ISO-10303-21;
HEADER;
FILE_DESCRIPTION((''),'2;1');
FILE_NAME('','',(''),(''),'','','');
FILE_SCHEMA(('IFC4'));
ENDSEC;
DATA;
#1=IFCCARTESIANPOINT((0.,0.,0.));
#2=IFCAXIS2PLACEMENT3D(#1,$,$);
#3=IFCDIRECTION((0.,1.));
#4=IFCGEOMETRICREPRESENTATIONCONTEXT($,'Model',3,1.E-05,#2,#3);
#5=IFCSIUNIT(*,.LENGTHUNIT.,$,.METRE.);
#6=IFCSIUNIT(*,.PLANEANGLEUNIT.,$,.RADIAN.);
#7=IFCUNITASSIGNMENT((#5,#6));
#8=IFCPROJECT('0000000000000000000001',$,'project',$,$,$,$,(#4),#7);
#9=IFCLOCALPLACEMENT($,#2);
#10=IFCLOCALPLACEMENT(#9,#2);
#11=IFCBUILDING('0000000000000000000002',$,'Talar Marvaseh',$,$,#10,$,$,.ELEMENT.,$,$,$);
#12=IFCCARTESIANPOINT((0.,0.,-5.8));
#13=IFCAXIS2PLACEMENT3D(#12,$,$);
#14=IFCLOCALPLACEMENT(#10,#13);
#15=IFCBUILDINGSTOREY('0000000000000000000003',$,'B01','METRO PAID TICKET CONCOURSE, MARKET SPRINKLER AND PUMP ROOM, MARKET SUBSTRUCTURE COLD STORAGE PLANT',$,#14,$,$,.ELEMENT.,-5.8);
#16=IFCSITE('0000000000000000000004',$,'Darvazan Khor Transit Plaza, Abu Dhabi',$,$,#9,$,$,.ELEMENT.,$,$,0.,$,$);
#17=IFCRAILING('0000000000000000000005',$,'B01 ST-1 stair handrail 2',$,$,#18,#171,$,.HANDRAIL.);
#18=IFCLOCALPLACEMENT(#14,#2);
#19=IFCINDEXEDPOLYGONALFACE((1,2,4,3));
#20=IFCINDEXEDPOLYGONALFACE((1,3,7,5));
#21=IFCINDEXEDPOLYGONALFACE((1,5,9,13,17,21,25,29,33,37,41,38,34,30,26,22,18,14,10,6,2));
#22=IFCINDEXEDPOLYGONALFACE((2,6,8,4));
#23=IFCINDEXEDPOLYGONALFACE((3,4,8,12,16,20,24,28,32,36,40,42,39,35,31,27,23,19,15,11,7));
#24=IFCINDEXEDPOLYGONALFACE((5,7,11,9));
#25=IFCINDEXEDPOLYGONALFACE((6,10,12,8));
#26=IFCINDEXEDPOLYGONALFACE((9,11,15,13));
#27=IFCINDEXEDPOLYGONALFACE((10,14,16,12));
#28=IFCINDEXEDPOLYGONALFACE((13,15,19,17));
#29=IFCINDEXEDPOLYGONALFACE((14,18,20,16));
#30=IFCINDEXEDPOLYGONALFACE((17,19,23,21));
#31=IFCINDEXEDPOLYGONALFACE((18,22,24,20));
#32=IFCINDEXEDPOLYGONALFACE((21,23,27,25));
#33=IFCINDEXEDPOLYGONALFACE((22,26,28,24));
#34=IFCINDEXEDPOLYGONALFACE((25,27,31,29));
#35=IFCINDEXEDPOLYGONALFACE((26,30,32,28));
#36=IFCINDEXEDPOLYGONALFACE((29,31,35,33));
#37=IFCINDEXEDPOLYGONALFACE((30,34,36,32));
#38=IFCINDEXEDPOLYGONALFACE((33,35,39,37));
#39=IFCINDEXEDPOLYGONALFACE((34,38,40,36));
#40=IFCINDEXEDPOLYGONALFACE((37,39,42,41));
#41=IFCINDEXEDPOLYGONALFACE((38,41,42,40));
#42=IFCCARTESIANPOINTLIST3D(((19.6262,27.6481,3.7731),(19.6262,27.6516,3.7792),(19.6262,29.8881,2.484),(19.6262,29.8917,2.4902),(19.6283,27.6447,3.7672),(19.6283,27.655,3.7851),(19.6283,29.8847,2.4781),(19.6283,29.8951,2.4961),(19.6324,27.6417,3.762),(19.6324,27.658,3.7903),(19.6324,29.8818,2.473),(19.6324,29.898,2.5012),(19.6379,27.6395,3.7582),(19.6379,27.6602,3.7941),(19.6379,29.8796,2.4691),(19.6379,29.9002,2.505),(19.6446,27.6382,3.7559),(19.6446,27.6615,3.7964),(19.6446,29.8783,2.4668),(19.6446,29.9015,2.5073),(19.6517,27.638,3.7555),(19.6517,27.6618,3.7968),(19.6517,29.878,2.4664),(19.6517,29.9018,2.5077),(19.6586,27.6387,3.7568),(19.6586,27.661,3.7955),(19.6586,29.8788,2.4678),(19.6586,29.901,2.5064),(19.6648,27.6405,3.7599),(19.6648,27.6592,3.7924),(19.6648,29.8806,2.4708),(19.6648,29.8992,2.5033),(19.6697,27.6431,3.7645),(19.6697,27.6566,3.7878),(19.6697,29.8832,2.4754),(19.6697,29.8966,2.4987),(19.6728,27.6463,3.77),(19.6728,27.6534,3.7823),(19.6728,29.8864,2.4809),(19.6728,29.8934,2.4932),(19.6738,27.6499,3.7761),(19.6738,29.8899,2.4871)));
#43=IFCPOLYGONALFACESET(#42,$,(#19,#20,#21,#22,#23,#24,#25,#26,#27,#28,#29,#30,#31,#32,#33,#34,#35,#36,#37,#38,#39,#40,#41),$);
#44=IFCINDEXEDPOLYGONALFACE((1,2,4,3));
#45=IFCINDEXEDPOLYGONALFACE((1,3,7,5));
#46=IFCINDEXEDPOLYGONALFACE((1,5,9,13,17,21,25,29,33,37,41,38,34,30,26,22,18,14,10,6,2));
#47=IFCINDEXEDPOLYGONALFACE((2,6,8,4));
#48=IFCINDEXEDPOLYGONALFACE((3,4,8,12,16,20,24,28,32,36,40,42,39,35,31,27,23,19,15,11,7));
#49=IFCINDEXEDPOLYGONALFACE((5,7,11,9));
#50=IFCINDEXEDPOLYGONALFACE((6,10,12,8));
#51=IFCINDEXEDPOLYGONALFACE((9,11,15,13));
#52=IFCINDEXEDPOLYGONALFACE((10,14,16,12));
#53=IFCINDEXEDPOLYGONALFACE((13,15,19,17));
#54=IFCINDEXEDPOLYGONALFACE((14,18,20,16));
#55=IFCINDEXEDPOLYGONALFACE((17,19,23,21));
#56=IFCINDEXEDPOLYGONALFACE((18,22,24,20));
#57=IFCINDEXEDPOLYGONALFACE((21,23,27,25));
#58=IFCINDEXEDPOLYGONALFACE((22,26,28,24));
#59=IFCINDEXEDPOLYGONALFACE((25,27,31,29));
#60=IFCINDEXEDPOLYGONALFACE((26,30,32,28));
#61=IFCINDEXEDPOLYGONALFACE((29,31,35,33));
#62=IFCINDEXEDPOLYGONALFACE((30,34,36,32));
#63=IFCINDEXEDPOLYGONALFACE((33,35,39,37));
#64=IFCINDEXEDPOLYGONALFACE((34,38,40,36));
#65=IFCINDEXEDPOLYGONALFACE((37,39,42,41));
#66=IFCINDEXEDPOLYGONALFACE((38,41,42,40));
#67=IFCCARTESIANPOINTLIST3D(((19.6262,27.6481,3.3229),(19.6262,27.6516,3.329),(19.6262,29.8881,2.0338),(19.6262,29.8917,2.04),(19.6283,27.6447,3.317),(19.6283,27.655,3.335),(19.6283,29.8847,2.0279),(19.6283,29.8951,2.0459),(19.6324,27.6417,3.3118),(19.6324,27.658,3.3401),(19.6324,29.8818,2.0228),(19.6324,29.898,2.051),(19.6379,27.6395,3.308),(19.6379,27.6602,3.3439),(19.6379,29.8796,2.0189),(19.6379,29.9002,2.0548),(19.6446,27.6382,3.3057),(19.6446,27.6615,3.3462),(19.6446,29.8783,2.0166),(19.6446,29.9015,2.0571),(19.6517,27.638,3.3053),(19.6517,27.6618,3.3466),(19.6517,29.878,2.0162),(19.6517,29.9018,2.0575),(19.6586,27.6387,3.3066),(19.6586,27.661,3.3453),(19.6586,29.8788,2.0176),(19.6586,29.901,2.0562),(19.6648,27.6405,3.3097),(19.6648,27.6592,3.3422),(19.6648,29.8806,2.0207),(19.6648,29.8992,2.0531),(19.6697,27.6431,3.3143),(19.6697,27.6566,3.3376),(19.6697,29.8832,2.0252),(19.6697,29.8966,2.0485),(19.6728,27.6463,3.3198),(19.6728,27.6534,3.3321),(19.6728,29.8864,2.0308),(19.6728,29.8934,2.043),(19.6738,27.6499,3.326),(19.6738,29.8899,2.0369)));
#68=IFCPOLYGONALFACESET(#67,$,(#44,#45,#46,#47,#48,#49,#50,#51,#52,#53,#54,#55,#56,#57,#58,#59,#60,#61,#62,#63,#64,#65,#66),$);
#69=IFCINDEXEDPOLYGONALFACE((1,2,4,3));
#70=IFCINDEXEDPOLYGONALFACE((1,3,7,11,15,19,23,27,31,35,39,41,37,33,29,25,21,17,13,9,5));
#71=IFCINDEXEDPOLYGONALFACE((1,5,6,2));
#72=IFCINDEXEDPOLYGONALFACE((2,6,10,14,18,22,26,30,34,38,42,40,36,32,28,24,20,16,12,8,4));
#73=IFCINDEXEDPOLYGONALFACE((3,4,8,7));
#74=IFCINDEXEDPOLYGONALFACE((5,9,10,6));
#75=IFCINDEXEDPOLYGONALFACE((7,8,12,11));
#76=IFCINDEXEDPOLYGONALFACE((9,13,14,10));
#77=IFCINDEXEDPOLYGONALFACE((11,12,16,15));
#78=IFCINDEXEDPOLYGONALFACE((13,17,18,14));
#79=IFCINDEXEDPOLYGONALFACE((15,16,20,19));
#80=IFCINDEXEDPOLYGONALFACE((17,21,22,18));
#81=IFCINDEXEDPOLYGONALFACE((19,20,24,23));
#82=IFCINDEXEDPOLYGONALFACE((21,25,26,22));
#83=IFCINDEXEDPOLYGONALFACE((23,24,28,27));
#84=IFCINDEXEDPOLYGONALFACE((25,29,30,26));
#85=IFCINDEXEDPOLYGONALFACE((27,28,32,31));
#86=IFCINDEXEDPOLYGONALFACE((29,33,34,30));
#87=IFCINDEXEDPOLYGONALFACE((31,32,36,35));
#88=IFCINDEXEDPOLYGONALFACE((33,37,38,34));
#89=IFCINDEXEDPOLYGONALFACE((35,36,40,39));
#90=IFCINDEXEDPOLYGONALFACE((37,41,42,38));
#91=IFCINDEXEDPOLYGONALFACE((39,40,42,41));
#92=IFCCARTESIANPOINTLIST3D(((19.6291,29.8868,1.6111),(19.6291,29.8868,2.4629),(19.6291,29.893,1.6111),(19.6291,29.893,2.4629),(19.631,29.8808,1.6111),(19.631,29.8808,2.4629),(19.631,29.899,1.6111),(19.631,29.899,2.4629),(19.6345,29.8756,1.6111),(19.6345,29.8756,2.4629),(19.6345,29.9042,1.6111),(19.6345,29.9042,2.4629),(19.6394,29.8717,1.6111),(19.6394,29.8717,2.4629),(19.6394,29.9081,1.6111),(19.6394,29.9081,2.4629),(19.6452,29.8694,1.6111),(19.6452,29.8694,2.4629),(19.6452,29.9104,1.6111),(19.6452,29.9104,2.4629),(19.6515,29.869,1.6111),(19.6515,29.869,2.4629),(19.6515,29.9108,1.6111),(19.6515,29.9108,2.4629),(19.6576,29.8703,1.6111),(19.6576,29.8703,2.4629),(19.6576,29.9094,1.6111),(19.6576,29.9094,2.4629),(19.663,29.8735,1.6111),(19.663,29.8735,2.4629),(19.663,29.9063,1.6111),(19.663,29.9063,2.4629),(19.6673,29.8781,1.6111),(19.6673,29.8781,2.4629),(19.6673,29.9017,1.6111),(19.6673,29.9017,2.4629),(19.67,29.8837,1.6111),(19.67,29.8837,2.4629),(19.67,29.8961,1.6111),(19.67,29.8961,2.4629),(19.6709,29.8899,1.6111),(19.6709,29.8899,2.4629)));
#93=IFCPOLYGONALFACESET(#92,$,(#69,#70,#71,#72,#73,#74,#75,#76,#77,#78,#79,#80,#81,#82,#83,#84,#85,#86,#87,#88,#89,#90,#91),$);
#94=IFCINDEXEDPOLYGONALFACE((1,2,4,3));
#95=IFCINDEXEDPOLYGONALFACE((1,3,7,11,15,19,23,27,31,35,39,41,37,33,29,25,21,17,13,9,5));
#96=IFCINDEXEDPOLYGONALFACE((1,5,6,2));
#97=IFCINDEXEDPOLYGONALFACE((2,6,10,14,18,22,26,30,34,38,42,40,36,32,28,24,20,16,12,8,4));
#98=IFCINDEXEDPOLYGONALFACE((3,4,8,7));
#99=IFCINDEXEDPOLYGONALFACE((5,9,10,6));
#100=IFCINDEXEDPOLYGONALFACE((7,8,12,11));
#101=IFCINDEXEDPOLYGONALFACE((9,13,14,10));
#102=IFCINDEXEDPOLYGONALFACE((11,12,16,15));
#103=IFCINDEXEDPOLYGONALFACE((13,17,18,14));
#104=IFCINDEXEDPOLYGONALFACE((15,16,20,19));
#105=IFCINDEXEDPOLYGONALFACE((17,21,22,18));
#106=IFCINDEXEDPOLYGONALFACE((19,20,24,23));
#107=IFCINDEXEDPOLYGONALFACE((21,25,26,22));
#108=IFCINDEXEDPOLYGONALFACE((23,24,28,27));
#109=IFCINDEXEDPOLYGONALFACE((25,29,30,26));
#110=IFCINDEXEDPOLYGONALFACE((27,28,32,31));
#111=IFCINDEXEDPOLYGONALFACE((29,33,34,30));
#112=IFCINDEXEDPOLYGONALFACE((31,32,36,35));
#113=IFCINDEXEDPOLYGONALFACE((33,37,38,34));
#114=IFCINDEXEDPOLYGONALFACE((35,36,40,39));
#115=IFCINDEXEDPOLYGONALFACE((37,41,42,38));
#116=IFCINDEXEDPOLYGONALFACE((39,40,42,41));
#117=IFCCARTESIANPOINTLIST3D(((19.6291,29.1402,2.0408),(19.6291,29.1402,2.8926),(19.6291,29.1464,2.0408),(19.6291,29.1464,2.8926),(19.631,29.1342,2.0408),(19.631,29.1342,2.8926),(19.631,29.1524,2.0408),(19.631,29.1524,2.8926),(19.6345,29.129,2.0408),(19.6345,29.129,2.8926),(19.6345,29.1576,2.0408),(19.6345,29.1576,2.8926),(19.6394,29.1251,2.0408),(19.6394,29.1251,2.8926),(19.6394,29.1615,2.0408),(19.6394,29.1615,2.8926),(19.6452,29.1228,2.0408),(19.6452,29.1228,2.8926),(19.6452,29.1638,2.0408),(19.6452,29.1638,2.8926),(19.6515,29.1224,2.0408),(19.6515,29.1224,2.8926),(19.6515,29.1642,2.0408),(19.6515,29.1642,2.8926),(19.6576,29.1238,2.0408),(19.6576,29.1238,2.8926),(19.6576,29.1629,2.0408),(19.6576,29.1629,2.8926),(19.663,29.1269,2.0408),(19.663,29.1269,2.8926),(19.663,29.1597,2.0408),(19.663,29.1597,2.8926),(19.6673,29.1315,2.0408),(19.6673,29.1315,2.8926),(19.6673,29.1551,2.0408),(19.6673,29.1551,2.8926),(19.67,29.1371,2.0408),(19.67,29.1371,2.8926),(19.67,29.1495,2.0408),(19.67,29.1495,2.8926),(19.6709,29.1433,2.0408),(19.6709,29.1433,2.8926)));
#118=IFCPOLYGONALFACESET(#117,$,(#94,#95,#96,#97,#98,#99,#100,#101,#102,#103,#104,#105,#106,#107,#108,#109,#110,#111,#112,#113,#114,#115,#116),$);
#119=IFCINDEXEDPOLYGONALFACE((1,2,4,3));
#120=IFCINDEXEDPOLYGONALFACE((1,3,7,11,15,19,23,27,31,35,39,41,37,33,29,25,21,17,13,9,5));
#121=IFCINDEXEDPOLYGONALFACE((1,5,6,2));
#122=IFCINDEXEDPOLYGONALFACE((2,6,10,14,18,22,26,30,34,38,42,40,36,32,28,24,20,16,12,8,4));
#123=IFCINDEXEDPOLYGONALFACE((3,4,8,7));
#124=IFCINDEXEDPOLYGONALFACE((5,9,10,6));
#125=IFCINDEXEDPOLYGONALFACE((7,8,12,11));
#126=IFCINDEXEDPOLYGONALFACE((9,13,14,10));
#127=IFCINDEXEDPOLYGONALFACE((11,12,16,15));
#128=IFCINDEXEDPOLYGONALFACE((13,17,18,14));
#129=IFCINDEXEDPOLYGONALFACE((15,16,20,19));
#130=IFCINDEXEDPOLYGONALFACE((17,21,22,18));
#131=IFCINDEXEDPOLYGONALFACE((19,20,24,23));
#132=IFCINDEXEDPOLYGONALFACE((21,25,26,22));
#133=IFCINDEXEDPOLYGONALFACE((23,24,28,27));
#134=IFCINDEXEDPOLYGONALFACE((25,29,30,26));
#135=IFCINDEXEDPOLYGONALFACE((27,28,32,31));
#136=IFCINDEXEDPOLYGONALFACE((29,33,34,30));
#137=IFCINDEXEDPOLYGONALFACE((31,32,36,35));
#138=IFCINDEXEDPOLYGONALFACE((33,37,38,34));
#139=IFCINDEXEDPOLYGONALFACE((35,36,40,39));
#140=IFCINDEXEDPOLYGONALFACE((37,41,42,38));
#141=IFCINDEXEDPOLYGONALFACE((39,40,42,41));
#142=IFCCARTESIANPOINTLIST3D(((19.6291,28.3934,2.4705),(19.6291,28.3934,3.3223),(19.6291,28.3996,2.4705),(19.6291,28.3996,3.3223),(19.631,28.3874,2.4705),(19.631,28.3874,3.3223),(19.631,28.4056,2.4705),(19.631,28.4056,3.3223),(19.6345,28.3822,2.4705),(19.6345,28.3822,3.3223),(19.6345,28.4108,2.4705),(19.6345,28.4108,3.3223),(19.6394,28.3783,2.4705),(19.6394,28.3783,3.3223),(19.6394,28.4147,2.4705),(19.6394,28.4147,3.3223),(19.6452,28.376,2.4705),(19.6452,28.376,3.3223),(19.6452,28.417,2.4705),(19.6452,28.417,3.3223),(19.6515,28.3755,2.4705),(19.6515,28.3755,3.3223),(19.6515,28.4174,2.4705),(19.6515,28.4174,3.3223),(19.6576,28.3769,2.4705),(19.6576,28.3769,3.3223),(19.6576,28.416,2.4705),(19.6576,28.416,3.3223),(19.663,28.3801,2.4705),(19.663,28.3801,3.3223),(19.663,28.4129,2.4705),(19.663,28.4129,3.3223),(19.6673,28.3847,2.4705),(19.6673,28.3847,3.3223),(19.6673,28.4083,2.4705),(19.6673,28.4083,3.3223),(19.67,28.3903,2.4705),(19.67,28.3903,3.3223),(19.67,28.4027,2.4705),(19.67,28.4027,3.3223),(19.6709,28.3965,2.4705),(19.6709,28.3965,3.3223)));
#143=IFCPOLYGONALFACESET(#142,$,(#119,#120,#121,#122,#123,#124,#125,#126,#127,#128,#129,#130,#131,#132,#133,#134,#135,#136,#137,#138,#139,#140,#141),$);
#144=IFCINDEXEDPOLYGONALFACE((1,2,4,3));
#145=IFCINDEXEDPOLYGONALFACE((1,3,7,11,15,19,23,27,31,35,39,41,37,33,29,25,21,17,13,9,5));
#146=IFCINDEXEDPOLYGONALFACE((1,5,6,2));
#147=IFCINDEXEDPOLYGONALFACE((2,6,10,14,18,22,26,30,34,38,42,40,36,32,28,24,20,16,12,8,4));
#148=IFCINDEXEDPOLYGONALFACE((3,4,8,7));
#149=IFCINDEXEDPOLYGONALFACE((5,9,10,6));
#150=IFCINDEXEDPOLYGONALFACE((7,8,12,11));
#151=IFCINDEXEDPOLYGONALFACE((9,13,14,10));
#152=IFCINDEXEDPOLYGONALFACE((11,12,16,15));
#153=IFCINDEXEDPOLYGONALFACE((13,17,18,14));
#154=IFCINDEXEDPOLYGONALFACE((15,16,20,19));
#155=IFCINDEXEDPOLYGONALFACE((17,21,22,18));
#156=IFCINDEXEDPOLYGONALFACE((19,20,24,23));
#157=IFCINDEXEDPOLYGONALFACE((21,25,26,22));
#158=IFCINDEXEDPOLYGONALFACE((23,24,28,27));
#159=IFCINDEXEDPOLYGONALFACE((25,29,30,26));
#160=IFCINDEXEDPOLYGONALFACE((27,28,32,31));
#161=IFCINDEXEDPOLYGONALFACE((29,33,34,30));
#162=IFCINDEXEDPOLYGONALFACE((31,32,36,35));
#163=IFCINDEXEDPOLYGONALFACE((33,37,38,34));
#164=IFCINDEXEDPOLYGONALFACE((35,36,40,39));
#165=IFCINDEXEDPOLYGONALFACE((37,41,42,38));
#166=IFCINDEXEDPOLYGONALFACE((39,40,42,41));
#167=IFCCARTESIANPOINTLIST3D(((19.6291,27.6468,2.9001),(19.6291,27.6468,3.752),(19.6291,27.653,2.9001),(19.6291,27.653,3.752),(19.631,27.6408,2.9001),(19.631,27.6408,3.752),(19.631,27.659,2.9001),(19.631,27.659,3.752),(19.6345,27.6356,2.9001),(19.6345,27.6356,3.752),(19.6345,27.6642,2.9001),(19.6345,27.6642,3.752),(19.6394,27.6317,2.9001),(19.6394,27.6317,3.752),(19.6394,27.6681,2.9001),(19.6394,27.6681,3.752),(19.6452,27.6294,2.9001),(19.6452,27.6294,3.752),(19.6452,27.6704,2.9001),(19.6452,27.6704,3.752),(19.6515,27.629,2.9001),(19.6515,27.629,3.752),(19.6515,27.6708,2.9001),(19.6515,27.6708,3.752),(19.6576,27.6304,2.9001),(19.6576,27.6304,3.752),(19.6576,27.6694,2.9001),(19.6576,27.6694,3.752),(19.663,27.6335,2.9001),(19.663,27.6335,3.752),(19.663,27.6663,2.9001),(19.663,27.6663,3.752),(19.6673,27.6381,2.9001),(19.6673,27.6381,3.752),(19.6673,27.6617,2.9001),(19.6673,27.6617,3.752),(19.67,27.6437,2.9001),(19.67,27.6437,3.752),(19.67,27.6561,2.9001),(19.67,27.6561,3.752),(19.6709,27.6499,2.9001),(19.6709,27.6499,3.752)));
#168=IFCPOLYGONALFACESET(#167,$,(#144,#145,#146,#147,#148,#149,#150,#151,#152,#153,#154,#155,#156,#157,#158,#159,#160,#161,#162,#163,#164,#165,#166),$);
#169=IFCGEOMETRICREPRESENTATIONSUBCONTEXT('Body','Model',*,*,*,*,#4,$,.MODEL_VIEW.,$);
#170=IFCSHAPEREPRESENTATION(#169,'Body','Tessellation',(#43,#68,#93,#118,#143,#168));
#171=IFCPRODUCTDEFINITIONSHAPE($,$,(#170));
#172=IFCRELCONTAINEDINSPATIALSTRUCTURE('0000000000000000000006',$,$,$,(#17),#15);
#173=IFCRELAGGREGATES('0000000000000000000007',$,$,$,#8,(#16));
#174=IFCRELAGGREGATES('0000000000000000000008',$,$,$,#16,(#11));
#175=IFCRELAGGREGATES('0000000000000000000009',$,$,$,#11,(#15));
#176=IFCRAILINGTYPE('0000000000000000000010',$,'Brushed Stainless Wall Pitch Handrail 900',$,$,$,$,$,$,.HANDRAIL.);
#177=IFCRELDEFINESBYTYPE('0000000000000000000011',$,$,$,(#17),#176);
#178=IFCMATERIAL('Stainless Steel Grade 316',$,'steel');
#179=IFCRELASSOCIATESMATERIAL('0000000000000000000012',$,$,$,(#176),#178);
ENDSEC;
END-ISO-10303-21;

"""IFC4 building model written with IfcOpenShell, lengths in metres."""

from ifc_helpers import new_model, si_unit, direction, frame, origin, origin_2d, place, context, subcontext, project, spatial, circle, extrude, material, type_object, element, save


model = new_model("IFC4")

# Units and contexts
model_context = context("Model", 3, precision=1e-05, world=origin(), true_north=direction((0.0, 1.0)))
body_context = subcontext(model_context, "Body", "Model", "MODEL_VIEW")
ifc_project = project(units=[si_unit("LENGTHUNIT", "METRE"), si_unit("PLANEANGLEUNIT", "RADIAN")], contexts=[model_context])

# Site, building, storey
site_placement = place(None, origin())
site = spatial("IfcSite", under=ifc_project, at=site_placement, Name="Darvazan Khor Transit Plaza, Abu Dhabi", CompositionType="ELEMENT", RefElevation=0.0)
building_placement = place(site_placement, origin())
building = spatial("IfcBuilding", under=site, at=building_placement, Name="Talar Marvaseh", CompositionType="ELEMENT")
storey_placement = place(building_placement, frame((0.0, 0.0, -5.8)))
storey = spatial("IfcBuildingStorey", under=building, at=storey_placement, Name="B01", Description="METRO PAID TICKET CONCOURSE, MARKET SPRINKLER AND PUMP ROOM, MARKET SUBSTRUCTURE COLD STORAGE PLANT", CompositionType="ELEMENT", Elevation=-5.8)

# Shared definitions
ifc_material_1 = material(Name="Stainless Steel Grade 316", Category="steel")

# Railing
railing_type_1 = type_object("IfcRailingType", Name="Brushed Stainless Wall Pitch Handrail 900", PredefinedType="HANDRAIL", material=ifc_material_1)
railing_1_placement = place(storey_placement, frame((19.6499, 29.8899, 1.6111)))
element("IfcRailing", 1, at=railing_1_placement, inside=storey, type_object=railing_type_1, Name="B01 ST-1 stair handrail 2", PredefinedType="HANDRAIL", context=body_context, shape_type="SweptSolid", body=[
    extrude(circle(Radius=0.0239, at=origin_2d()), frame((0.0, 0.0, 0.876), z_axis=(0.0, -0.866728, 0.498782), x_axis=(1.0, 0.0, 0.0)), (0.0, 0.0, 1.0), 2.5845),
    extrude(circle(Radius=0.0239, at=origin_2d()), frame((0.0, 0.0, 0.4258), z_axis=(0.0, -0.866728, 0.498782), x_axis=(1.0, 0.0, 0.0)), (0.0, 0.0, 1.0), 2.5845),
    extrude(circle(Radius=0.021, at=origin_2d()), origin(), (0.0, 0.0, 1.0), 0.8518),
    extrude(circle(Radius=0.021, at=origin_2d()), frame((0.0, -0.7466, 0.4297)), (0.0, 0.0, 1.0), 0.8518),
    extrude(circle(Radius=0.021, at=origin_2d()), frame((0.0, -1.4934, 0.8594)), (0.0, 0.0, 1.0), 0.8518),
    extrude(circle(Radius=0.021, at=origin_2d()), frame((0.0, -2.24, 1.2891)), (0.0, 0.0, 1.0), 0.8518),
])

save(model, "model.ifc")
